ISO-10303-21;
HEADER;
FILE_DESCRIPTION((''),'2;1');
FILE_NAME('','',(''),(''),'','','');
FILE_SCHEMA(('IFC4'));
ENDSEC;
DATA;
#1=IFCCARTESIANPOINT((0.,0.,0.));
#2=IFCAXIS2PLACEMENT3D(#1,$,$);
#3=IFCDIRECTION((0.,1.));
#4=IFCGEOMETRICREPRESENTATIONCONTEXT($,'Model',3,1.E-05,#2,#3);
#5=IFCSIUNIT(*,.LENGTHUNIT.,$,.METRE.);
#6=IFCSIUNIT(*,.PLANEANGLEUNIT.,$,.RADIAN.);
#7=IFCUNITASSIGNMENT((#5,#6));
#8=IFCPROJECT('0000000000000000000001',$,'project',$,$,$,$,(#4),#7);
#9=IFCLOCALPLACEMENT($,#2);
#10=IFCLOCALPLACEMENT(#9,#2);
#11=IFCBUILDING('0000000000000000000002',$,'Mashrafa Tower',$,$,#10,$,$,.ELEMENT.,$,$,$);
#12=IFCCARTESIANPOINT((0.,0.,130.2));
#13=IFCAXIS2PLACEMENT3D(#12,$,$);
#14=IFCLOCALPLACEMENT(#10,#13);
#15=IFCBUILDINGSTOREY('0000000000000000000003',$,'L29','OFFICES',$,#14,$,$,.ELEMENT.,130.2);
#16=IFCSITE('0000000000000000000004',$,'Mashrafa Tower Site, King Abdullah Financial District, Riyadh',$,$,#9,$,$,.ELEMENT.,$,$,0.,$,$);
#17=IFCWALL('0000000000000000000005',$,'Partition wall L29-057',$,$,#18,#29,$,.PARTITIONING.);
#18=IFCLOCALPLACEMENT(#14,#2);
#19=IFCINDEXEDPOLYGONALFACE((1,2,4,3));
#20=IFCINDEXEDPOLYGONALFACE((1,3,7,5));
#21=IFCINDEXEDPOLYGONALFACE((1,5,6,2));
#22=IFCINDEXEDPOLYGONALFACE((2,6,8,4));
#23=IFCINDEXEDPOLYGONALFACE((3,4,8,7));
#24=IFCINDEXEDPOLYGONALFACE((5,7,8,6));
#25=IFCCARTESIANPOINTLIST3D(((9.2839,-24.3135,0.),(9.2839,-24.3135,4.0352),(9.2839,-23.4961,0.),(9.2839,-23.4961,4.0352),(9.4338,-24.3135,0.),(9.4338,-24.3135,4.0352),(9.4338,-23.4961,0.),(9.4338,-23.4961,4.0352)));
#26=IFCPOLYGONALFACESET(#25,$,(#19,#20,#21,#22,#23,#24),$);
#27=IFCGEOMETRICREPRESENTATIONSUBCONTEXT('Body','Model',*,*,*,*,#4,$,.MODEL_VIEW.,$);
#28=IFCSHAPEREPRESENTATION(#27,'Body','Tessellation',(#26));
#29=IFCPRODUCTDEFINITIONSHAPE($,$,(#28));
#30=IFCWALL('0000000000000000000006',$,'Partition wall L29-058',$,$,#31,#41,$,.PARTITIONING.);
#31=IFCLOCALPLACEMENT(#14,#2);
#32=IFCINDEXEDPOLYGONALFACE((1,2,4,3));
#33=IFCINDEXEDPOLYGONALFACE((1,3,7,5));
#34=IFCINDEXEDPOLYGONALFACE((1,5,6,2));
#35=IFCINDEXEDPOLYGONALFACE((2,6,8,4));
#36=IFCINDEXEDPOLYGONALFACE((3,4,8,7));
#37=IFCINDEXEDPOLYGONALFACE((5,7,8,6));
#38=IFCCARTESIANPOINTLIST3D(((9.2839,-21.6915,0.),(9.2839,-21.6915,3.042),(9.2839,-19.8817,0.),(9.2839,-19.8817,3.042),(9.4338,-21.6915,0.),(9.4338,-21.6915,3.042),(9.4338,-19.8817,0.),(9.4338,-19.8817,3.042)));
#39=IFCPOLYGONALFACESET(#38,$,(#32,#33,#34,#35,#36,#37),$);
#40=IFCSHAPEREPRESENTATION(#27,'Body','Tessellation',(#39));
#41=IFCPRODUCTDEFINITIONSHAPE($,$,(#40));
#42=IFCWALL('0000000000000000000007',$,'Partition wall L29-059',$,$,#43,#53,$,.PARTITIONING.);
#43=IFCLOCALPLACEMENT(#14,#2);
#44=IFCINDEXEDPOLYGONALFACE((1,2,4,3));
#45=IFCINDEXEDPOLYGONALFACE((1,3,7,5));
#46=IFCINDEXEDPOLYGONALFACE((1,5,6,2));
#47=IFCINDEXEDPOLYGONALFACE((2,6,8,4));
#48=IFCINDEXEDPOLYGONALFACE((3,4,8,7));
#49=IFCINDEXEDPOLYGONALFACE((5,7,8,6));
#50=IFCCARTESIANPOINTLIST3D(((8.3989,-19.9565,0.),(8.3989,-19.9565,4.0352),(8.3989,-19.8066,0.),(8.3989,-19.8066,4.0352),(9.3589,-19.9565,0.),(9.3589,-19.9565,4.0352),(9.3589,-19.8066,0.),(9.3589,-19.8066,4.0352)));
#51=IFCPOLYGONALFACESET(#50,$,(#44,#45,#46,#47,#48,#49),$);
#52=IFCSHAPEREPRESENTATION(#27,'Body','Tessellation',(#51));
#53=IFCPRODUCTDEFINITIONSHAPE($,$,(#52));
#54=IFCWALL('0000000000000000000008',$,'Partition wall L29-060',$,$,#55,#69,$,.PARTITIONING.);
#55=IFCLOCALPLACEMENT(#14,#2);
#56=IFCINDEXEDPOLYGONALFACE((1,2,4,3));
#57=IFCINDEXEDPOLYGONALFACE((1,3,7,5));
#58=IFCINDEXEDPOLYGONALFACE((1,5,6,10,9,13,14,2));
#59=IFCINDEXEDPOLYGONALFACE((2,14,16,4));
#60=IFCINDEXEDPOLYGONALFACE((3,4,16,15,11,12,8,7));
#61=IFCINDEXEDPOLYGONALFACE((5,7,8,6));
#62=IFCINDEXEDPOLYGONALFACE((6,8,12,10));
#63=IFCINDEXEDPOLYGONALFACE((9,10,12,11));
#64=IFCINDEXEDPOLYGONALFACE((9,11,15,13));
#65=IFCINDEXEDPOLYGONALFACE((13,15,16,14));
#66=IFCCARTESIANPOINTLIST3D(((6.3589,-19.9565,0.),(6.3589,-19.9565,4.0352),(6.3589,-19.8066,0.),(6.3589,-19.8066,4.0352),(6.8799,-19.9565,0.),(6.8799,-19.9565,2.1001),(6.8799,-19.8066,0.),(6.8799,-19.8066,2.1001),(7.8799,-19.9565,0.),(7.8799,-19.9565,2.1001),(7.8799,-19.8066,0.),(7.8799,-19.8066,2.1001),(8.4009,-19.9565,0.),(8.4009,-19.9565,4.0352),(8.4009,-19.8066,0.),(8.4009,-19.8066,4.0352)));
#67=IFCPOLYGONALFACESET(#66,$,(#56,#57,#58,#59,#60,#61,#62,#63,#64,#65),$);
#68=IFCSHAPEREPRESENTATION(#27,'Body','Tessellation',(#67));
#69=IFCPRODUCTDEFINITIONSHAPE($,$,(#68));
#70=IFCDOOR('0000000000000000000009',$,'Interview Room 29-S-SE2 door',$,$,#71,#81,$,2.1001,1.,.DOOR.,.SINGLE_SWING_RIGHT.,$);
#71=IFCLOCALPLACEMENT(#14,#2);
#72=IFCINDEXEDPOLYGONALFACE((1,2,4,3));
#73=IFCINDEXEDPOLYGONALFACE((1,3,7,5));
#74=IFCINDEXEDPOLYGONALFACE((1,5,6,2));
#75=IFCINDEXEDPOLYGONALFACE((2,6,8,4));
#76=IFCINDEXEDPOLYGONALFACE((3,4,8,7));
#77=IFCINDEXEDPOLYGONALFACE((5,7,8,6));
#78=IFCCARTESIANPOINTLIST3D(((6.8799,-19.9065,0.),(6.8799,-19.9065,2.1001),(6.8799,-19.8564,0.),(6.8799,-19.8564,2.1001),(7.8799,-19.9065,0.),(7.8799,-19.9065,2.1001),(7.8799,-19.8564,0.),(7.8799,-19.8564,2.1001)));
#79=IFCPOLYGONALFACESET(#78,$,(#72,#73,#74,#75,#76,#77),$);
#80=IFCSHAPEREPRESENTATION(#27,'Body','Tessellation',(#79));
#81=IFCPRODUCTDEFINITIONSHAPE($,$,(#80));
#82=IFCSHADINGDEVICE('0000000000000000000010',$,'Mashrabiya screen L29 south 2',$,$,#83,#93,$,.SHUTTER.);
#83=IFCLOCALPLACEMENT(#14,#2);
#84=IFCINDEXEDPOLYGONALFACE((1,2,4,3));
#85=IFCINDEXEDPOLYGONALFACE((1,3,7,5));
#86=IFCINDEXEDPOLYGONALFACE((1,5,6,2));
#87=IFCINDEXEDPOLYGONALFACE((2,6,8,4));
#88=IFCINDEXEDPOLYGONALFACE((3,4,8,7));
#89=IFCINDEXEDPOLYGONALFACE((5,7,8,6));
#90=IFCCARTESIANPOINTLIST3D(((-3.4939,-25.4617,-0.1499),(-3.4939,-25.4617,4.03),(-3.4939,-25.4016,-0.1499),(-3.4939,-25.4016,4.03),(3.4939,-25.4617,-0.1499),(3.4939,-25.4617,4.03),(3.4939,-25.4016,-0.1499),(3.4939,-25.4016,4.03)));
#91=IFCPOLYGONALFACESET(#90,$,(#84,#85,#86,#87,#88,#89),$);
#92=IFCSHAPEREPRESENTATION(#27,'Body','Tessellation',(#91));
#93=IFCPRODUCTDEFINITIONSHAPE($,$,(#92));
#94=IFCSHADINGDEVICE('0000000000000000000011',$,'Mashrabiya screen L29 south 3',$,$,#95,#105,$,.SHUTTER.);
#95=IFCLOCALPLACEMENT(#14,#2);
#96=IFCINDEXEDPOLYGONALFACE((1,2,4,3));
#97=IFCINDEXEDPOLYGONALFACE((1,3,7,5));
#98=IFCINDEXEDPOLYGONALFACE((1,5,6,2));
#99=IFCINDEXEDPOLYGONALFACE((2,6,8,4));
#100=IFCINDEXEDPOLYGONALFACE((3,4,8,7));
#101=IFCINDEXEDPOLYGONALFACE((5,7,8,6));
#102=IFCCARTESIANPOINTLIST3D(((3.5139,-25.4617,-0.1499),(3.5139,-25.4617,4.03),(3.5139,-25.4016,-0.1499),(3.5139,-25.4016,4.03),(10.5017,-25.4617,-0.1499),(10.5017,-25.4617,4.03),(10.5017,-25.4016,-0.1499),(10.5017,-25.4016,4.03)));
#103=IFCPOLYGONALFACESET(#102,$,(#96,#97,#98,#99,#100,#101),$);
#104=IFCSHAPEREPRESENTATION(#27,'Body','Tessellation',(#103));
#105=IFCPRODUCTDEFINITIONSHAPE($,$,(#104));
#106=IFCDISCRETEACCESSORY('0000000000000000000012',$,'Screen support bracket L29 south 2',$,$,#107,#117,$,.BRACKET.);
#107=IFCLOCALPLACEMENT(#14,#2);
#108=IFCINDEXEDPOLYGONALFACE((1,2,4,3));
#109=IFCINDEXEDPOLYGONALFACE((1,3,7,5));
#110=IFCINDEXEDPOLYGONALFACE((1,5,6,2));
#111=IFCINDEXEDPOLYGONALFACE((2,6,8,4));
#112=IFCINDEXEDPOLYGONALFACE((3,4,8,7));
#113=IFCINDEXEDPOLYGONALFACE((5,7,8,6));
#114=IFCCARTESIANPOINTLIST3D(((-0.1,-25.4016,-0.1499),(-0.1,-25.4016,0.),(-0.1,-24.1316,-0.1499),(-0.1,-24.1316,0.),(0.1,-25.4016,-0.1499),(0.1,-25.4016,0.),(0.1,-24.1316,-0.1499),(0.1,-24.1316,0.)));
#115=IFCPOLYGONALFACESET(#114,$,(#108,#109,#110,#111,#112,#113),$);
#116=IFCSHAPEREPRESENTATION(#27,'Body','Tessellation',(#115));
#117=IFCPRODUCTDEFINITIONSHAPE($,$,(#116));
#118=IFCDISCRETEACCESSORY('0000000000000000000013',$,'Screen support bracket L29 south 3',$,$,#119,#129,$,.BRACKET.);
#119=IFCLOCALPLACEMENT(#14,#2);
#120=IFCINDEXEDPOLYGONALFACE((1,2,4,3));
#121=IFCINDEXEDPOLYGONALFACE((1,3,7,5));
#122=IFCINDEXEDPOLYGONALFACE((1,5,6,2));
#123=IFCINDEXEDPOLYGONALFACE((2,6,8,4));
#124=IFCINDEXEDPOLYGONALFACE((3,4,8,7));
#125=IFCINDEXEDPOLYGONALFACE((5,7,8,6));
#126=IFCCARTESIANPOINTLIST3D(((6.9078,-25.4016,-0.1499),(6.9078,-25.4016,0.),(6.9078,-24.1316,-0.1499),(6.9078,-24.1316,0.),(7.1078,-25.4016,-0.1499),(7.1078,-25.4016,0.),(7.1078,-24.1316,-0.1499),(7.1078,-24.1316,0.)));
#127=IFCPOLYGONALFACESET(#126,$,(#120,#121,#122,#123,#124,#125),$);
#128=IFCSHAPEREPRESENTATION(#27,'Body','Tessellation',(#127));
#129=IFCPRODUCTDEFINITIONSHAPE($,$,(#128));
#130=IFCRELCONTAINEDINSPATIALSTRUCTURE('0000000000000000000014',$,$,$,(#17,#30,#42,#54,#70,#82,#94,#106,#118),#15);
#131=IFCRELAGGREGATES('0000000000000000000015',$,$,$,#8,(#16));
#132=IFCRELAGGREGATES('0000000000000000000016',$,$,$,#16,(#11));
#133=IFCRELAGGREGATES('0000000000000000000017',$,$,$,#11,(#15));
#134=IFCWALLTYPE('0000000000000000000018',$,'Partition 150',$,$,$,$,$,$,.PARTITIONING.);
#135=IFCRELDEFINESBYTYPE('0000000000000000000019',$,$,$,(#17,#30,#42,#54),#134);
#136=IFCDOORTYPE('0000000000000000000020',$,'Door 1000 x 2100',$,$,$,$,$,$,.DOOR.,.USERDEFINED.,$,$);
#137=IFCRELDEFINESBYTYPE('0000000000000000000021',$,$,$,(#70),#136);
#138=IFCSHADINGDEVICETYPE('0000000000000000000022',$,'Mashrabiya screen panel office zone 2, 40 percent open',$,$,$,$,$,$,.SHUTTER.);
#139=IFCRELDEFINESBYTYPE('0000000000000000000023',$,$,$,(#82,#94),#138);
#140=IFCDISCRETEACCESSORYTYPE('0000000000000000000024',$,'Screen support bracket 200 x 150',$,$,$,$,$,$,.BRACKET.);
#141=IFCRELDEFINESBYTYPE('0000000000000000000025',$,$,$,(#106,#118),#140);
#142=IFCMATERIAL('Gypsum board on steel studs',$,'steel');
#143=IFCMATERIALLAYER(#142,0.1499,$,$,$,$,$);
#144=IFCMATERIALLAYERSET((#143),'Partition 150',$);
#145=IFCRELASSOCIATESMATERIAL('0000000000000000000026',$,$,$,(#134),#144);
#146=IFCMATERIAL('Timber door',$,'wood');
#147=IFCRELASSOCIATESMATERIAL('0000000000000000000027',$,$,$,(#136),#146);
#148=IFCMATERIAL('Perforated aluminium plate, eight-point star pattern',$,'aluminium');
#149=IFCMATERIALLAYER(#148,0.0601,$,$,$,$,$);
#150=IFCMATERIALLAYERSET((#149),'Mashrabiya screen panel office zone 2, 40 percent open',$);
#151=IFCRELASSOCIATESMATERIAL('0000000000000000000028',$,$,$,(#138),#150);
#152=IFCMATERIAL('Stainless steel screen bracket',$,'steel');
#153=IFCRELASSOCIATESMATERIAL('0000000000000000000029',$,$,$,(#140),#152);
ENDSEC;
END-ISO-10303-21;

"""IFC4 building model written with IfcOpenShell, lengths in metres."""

from ifc_helpers import new_model, si_unit, direction, frame, frame_2d, origin, origin_2d, place, context, subcontext, project, spatial, rectangle, extrude, source, transform, mapped, material, layer, layer_set, type_object, type_shapes, element, fill, save


model = new_model("IFC4")

# Units and contexts
model_context = context("Model", 3, precision=1e-05, world=origin(), true_north=direction((0.0, 1.0)))
body_context = subcontext(model_context, "Body", "Model", "MODEL_VIEW")
ifc_project = project(units=[si_unit("LENGTHUNIT", "METRE"), si_unit("PLANEANGLEUNIT", "RADIAN")], contexts=[model_context])

# Site, building, storey
site_placement = place(None, origin())
site = spatial("IfcSite", under=ifc_project, at=site_placement, Name="Mashrafa Tower Site, King Abdullah Financial District, Riyadh", CompositionType="ELEMENT", RefElevation=0.0)
building_placement = place(site_placement, origin())
building = spatial("IfcBuilding", under=site, at=building_placement, Name="Mashrafa Tower", CompositionType="ELEMENT")
storey_placement = place(building_placement, frame((0.0, 0.0, 130.2)))
storey = spatial("IfcBuildingStorey", under=building, at=storey_placement, Name="L29", Description="OFFICES", CompositionType="ELEMENT", Elevation=130.2)

# Walls
ifc_material_1 = material(Name="Gypsum board on steel studs", Category="steel")
ifc_layer_1 = layer(ifc_material_1, 0.1499)
ifc_layer_set_1 = layer_set([ifc_layer_1], Name="Partition 150")
wall_type_1 = type_object("IfcWallType", Name="Partition 150", PredefinedType="PARTITIONING", material=ifc_layer_set_1)
wall_1_placement = place(storey_placement, frame((9.3589, -24.3135, 0.0), z_axis=(0.0, 0.0, 1.0), x_axis=(0.0, 1.0, 0.0)))
element("IfcWall", 1, at=wall_1_placement, inside=storey, type_object=wall_type_1, Name="Partition wall L29-057", PredefinedType="PARTITIONING", context=body_context, shape_type="SweptSolid", body=[
    extrude(rectangle(XDim=0.8174, YDim=0.1499, at=frame_2d((0.4087, 0.0))), origin(), (0.0, 0.0, 1.0), 4.0352),
])
wall_2_placement = place(storey_placement, frame((9.3589, -21.6914, 0.0), z_axis=(0.0, 0.0, 1.0), x_axis=(0.0, 1.0, 0.0)))
element("IfcWall", 2, at=wall_2_placement, inside=storey, type_object=wall_type_1, Name="Partition wall L29-058", PredefinedType="PARTITIONING", context=body_context, shape_type="SweptSolid", body=[
    extrude(rectangle(XDim=1.8098, YDim=0.1499, at=frame_2d((0.9048, 0.0))), origin(), (0.0, 0.0, 1.0), 3.042),
])
wall_3_placement = place(storey_placement, frame((9.3589, -19.8816, 0.0), z_axis=(0.0, 0.0, 1.0), x_axis=(-1.0, 0.0, 0.0)))
element("IfcWall", 3, at=wall_3_placement, inside=storey, type_object=wall_type_1, Name="Partition wall L29-059", PredefinedType="PARTITIONING", context=body_context, shape_type="SweptSolid", body=[
    extrude(rectangle(XDim=0.96, YDim=0.1499, at=frame_2d((0.48, 0.0))), origin(), (0.0, 0.0, 1.0), 4.0352),
])

# Wall, opening, door
wall_4_placement = place(storey_placement, frame((8.4009, -19.8816, 0.0), z_axis=(0.0, 0.0, 1.0), x_axis=(-1.0, 0.0, 0.0)))
wall_4 = element("IfcWall", 4, at=wall_4_placement, inside=storey, type_object=wall_type_1, Name="Partition wall L29-060", PredefinedType="PARTITIONING", context=body_context, shape_type="SweptSolid", body=[
    extrude(rectangle(XDim=2.042, YDim=0.1499, at=frame_2d((1.021, 0.0))), origin(), (0.0, 0.0, 1.0), 4.0352),
])
opening_1_placement = place(wall_4_placement, frame((0.521, 0.0, 0.0)))
opening_1 = element("IfcOpeningElement", 5, at=opening_1_placement, cuts=wall_4, PredefinedType="OPENING", context=body_context, shape_type="SweptSolid", body=[
    extrude(rectangle(XDim=1.0, YDim=2.1001, at=frame_2d((0.5, 1.05))), frame((0.0, 0.085, 0.0), z_axis=(0.0, -1.0, 0.0), x_axis=(1.0, 0.0, 0.0)), (0.0, 0.0, 1.0), 0.1699),
])
ifc_material_2 = material(Name="Timber door", Category="wood")
door_type_1 = type_object("IfcDoorType", Name="Door 1000 x 2100", OperationType="USERDEFINED", PredefinedType="DOOR", material=ifc_material_2)
door_1_placement = place(opening_1_placement, origin())
door_1 = element("IfcDoor", 6, at=door_1_placement, inside=storey, type_object=door_type_1, Name="Interview Room 29-S-SE2 door", OperationType="SINGLE_SWING_RIGHT", OverallHeight=2.1001, OverallWidth=1.0, PredefinedType="DOOR", context=body_context, shape_type="SweptSolid", body=[
    extrude(rectangle(XDim=1.0, YDim=2.1001, at=frame_2d((0.5, 1.05))), frame((0.0, 0.0249, 0.0), z_axis=(0.0, -1.0, 0.0), x_axis=(1.0, 0.0, 0.0)), (0.0, 0.0, 1.0), 0.05),
])
fill(opening_1, door_1)

# Shading devices
ifc_material_3 = material(Name="Perforated aluminium plate, eight-point star pattern", Category="aluminium")
ifc_layer_2 = layer(ifc_material_3, 0.0601)
ifc_layer_set_2 = layer_set([ifc_layer_2], Name="Mashrabiya screen panel office zone 2, 40 percent open")
shading_device_type = type_object("IfcShadingDeviceType", Name="Mashrabiya screen panel office zone 2, 40 percent open", PredefinedType="SHUTTER", material=ifc_layer_set_2)
shared_shape_1 = source(origin(), body_context, "Body", "SweptSolid", [
    extrude(rectangle(XDim=6.9878, YDim=0.0601, at=origin_2d()), origin(), (0.0, 0.0, 1.0), 4.1799),
])
type_shapes(shading_device_type, [shared_shape_1])
for number, where, z_axis, x_axis, name in (
    (7, (0.0, -25.4316, -0.1499), (0.0, 0.0, 1.0), (1.0, 0.0, 0.0), "Mashrabiya screen L29 south 2"),
    (8, (7.0078, -25.4316, -0.1499), (0.0, 0.0, 1.0), (1.0, 0.0, 0.0), "Mashrabiya screen L29 south 3"),
):
    element("IfcShadingDevice", number, at=place(storey_placement, frame(where, z_axis=z_axis, x_axis=x_axis)), inside=storey, type_object=shading_device_type, Name=name, PredefinedType="SHUTTER", context=body_context, shape_type="MappedRepresentation", body=[
        mapped(shared_shape_1, transform((0.0, 0.0, 0.0))),
    ])

# Discrete accessories
ifc_material_4 = material(Name="Stainless steel screen bracket", Category="steel")
discrete_accessory_type = type_object("IfcDiscreteAccessoryType", Name="Screen support bracket 200 x 150", PredefinedType="BRACKET", material=ifc_material_4)
shared_shape_2 = source(origin(), body_context, "Body", "SweptSolid", [
    extrude(rectangle(XDim=0.2, YDim=1.27, at=origin_2d()), origin(), (0.0, 0.0, 1.0), 0.1499),
])
type_shapes(discrete_accessory_type, [shared_shape_2])
for number, where, z_axis, x_axis, name in (
    (9, (0.0, -24.7666, -0.1499), (0.0, 0.0, 1.0), (1.0, 0.0, 0.0), "Screen support bracket L29 south 2"),
    (10, (7.0078, -24.7666, -0.1499), (0.0, 0.0, 1.0), (1.0, 0.0, 0.0), "Screen support bracket L29 south 3"),
):
    element("IfcDiscreteAccessory", number, at=place(storey_placement, frame(where, z_axis=z_axis, x_axis=x_axis)), inside=storey, type_object=discrete_accessory_type, Name=name, PredefinedType="BRACKET", context=body_context, shape_type="MappedRepresentation", body=[
        mapped(shared_shape_2, transform((0.0, 0.0, 0.0))),
    ])

save(model, "model.ifc")
